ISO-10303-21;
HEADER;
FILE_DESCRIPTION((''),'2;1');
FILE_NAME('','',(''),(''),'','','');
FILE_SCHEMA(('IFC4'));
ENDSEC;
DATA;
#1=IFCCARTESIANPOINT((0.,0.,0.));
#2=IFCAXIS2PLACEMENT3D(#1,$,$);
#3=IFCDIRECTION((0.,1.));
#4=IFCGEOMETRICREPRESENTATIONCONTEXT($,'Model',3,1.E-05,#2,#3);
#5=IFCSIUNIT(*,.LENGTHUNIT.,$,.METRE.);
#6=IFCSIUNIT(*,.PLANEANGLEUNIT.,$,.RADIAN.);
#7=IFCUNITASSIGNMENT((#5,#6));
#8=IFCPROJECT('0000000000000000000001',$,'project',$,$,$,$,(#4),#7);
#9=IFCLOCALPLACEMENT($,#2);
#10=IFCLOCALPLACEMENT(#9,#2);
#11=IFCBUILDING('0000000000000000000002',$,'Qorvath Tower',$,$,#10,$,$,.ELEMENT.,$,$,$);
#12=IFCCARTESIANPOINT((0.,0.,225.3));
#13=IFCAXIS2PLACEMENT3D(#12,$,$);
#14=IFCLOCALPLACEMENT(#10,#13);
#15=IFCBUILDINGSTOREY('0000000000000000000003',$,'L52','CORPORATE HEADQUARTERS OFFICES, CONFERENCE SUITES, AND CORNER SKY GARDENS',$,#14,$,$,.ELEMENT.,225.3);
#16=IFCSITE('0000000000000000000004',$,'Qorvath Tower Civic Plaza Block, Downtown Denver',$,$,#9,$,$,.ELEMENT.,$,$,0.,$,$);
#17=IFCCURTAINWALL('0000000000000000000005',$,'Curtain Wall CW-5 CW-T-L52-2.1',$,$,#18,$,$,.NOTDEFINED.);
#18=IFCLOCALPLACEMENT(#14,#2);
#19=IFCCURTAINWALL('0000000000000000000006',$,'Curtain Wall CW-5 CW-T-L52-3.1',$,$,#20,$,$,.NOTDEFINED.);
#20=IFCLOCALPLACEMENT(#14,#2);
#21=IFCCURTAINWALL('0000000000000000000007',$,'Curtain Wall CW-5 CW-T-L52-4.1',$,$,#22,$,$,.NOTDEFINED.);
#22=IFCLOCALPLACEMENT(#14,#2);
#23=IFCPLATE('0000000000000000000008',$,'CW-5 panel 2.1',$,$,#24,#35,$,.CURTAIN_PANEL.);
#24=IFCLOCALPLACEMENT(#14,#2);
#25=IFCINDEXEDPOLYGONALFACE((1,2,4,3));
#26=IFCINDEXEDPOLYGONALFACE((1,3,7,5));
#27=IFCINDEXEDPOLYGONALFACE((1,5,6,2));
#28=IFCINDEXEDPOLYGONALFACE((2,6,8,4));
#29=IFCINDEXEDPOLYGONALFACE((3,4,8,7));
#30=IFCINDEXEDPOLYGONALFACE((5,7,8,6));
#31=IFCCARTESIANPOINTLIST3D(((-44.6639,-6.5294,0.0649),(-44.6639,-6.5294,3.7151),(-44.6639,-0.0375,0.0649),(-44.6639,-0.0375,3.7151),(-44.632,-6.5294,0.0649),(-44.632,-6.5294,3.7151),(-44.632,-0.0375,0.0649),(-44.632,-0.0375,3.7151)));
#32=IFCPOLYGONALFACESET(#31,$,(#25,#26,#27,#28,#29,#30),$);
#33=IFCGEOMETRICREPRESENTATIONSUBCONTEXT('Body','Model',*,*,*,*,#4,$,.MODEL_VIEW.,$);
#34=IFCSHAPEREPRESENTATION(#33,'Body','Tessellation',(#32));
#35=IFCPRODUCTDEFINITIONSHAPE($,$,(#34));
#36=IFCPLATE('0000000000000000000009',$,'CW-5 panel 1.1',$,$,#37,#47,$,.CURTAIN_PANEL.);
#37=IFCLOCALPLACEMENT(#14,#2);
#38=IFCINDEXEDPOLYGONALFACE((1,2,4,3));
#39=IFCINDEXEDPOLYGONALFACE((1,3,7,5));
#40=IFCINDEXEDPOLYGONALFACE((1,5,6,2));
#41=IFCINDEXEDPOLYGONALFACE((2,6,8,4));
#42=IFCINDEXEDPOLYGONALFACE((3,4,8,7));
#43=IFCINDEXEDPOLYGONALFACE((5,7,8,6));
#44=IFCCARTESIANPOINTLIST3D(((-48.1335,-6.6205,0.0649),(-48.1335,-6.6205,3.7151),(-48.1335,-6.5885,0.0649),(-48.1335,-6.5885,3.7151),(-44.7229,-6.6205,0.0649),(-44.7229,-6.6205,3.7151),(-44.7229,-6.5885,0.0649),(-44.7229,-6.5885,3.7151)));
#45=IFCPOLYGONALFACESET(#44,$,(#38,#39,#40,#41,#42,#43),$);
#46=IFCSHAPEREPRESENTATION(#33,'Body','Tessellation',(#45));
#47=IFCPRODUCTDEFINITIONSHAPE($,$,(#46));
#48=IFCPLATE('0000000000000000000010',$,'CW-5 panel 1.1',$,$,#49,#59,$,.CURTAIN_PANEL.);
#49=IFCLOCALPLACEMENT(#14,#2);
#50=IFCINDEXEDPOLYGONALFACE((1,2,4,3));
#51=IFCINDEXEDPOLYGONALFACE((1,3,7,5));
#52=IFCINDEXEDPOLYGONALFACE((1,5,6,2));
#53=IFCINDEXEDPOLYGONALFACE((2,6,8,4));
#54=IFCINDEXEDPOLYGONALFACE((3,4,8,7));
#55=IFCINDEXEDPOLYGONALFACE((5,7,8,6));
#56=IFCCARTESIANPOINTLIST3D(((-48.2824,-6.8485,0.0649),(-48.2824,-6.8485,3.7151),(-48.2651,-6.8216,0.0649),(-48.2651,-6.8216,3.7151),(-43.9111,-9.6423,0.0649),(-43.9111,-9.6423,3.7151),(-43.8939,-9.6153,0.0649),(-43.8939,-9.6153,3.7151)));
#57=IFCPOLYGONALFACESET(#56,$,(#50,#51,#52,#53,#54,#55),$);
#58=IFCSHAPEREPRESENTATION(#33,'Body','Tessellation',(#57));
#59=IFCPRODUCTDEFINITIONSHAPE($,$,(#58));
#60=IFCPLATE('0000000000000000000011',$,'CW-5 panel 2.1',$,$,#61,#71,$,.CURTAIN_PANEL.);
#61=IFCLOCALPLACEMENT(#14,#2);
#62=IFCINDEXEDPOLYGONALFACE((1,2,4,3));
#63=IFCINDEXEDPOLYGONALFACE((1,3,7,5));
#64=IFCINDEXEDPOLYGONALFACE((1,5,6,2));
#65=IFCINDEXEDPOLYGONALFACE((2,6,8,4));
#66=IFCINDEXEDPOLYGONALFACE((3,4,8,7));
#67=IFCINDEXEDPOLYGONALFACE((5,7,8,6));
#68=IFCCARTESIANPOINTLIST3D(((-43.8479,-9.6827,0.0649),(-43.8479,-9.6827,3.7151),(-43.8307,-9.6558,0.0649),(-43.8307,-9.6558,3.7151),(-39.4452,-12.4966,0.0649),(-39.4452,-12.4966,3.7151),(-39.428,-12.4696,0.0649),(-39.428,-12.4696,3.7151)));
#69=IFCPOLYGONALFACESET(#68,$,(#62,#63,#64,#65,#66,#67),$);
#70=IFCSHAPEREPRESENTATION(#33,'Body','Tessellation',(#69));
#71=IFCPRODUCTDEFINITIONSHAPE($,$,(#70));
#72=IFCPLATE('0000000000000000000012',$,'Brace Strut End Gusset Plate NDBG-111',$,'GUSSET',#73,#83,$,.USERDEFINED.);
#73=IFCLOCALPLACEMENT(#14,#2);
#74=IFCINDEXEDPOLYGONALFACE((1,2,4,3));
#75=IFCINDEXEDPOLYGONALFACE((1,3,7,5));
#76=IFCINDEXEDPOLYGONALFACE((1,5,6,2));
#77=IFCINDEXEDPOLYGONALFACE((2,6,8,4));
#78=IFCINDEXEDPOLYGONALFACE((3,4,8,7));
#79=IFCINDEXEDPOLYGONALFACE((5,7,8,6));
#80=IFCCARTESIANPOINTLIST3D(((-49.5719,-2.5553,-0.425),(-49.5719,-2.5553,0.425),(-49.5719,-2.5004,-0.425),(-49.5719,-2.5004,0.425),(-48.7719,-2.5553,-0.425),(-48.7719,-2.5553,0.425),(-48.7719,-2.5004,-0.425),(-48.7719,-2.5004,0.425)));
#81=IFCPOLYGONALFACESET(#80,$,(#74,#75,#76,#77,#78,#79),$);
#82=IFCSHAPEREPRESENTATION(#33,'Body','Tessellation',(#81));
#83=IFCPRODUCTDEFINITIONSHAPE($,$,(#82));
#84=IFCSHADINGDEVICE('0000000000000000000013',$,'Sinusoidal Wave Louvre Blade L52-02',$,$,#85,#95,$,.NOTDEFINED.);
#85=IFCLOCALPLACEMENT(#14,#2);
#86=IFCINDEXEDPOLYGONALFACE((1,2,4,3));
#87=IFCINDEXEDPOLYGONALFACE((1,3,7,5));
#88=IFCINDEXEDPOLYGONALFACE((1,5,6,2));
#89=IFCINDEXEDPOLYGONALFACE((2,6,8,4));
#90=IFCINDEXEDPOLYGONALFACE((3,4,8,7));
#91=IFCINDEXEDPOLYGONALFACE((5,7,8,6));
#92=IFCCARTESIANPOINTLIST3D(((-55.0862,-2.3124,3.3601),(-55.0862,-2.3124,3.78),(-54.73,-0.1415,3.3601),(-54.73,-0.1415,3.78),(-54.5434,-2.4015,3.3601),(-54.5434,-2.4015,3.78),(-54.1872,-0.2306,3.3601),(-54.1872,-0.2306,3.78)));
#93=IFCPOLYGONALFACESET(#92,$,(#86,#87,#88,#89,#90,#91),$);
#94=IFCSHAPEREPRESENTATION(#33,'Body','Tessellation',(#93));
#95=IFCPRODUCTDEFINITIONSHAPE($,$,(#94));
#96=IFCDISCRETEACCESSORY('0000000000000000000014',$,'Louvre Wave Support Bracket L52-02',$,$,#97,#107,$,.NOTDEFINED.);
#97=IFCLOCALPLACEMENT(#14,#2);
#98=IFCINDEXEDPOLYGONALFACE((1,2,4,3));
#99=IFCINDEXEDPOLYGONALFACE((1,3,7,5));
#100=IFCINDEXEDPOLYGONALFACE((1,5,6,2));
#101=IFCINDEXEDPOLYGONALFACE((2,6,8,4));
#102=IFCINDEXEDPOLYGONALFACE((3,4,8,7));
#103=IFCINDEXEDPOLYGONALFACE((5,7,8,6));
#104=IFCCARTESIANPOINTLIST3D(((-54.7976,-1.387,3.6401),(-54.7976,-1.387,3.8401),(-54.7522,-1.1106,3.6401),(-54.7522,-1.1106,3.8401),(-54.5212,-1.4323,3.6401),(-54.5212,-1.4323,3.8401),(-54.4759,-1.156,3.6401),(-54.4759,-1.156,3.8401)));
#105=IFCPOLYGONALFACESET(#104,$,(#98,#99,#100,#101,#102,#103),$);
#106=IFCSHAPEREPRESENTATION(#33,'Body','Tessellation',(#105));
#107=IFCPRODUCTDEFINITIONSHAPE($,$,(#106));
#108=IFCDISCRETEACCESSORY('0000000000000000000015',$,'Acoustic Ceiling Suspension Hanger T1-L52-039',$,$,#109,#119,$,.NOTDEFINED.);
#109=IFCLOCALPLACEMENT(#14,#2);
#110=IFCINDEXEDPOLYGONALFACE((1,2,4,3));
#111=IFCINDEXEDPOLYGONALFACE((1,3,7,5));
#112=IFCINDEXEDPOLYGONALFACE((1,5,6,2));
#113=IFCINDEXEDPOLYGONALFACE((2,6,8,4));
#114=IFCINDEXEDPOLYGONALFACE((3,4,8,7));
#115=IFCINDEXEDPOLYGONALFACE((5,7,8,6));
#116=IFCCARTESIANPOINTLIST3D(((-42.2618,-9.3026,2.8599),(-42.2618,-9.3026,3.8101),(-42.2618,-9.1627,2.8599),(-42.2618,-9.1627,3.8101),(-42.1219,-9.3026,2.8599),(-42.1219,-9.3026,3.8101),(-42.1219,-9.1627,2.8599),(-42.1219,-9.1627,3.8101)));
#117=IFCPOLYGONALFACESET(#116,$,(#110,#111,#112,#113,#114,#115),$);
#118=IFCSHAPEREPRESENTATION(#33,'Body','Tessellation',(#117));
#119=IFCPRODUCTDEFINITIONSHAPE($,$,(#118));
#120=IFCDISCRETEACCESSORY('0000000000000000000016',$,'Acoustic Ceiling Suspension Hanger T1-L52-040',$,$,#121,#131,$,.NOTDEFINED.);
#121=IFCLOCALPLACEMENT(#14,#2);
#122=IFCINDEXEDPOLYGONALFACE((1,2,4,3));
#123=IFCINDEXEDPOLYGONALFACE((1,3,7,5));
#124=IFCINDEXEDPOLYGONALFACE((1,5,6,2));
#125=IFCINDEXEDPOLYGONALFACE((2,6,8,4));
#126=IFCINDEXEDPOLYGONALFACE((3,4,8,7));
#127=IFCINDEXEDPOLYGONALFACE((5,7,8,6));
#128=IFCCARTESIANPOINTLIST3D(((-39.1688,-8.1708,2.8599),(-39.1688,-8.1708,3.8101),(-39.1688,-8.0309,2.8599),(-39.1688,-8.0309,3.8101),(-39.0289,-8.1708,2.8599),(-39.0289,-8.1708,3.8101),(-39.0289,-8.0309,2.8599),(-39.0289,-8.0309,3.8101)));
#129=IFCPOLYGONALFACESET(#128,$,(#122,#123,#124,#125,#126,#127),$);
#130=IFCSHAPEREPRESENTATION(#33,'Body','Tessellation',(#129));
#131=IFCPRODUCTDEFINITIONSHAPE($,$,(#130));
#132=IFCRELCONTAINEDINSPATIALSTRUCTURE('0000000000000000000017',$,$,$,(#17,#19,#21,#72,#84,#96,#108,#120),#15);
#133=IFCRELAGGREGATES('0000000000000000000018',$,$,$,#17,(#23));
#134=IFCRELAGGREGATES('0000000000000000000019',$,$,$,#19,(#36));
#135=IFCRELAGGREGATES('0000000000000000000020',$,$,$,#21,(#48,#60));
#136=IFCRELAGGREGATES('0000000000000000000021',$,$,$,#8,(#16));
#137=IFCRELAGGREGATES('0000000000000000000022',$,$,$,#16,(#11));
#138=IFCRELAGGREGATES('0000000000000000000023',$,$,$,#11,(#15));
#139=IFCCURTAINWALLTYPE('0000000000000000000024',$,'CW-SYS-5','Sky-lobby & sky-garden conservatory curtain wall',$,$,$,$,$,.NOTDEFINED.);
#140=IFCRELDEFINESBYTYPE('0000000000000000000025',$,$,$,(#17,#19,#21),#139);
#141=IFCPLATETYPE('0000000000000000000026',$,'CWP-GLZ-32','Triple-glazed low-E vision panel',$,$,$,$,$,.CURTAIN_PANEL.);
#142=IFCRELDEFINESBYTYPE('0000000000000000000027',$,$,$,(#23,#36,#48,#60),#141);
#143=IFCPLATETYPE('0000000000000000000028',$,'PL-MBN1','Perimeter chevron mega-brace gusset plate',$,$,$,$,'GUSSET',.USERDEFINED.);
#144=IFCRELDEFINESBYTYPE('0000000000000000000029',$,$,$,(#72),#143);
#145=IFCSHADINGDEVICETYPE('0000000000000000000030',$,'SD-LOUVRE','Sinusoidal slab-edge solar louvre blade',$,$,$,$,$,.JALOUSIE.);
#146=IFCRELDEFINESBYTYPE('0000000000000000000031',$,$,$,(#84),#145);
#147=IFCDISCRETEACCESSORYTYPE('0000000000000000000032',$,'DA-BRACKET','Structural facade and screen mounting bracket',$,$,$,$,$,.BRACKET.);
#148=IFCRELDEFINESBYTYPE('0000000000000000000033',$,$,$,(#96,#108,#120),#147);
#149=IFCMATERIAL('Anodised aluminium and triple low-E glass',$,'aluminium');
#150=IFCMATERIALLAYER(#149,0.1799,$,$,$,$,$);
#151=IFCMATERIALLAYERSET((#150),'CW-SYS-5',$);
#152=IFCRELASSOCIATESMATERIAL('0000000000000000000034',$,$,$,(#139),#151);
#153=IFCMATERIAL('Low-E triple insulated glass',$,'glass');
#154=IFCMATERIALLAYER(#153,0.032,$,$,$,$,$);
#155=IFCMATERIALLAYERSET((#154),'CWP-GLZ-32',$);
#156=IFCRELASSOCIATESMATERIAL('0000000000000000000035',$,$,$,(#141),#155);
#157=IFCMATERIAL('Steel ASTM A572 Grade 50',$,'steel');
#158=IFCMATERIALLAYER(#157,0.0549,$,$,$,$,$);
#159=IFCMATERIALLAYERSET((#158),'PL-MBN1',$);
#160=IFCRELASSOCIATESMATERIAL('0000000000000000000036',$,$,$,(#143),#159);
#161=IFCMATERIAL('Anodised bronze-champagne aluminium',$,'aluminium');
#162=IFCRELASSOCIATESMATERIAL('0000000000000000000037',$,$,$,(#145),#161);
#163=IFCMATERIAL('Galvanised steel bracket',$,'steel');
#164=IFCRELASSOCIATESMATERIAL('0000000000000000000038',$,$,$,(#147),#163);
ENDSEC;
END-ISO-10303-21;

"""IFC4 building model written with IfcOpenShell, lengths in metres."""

from ifc_helpers import new_model, si_unit, direction, frame, origin, origin_2d, place, context, subcontext, project, spatial, rectangle, extrude, material, layer, layer_set, type_object, element, aggregate, save


model = new_model("IFC4")

# Units and contexts
model_context = context("Model", 3, precision=1e-05, world=origin(), true_north=direction((0.0, 1.0)))
body_context = subcontext(model_context, "Body", "Model", "MODEL_VIEW")
ifc_project = project(units=[si_unit("LENGTHUNIT", "METRE"), si_unit("PLANEANGLEUNIT", "RADIAN")], contexts=[model_context])

# Site, building, storey
site_placement = place(None, origin())
site = spatial("IfcSite", under=ifc_project, at=site_placement, Name="Qorvath Tower Civic Plaza Block, Downtown Denver", CompositionType="ELEMENT", RefElevation=0.0)
building_placement = place(site_placement, origin())
building = spatial("IfcBuilding", under=site, at=building_placement, Name="Qorvath Tower", CompositionType="ELEMENT")
storey_placement = place(building_placement, frame((0.0, 0.0, 225.3)))
storey = spatial("IfcBuildingStorey", under=building, at=storey_placement, Name="L52", Description="CORPORATE HEADQUARTERS OFFICES, CONFERENCE SUITES, AND CORNER SKY GARDENS", CompositionType="ELEMENT", Elevation=225.3)

# Curtain wall
ifc_material_1 = material(Name="Anodised aluminium and triple low-E glass", Category="aluminium")
ifc_layer_1 = layer(ifc_material_1, 0.1799)
ifc_layer_set_1 = layer_set([ifc_layer_1], Name="CW-SYS-5")
curtain_wall_type = type_object("IfcCurtainWallType", Name="CW-SYS-5", Description="Sky-lobby & sky-garden conservatory curtain wall", PredefinedType="NOTDEFINED", material=ifc_layer_set_1)
curtain_wall_1_placement = place(storey_placement, origin())
curtain_wall_1 = element("IfcCurtainWall", 1, at=curtain_wall_1_placement, inside=storey, type_object=curtain_wall_type, Name="Curtain Wall CW-5 CW-T-L52-2.1", PredefinedType="NOTDEFINED")

# Curtain walls
curtain_wall_2_placement = place(storey_placement, origin())
curtain_wall_2 = element("IfcCurtainWall", 2, at=curtain_wall_2_placement, inside=storey, type_object=curtain_wall_type, Name="Curtain Wall CW-5 CW-T-L52-3.1", PredefinedType="NOTDEFINED")
curtain_wall_3_placement = place(storey_placement, origin())
curtain_wall_3 = element("IfcCurtainWall", 3, at=curtain_wall_3_placement, inside=storey, type_object=curtain_wall_type, Name="Curtain Wall CW-5 CW-T-L52-4.1", PredefinedType="NOTDEFINED")

# Plates
ifc_material_2 = material(Name="Low-E triple insulated glass", Category="glass")
ifc_layer_2 = layer(ifc_material_2, 0.032)
ifc_layer_set_2 = layer_set([ifc_layer_2], Name="CWP-GLZ-32")
plate_type_1 = type_object("IfcPlateType", Name="CWP-GLZ-32", Description="Triple-glazed low-E vision panel", PredefinedType="CURTAIN_PANEL", material=ifc_layer_set_2)
plate_1_placement = place(storey_placement, frame((-44.6479, -3.2834, 0.0649), z_axis=(0.0, 0.0, 1.0), x_axis=(0.0, -1.0, 0.0)))
plate_1 = element("IfcPlate", 4, at=plate_1_placement, type_object=plate_type_1, Name="CW-5 panel 2.1", PredefinedType="CURTAIN_PANEL", context=body_context, shape_type="SweptSolid", body=[
    extrude(rectangle(XDim=6.4919, YDim=0.032, at=origin_2d()), origin(), (0.0, 0.0, 1.0), 3.6501),
])
aggregate(curtain_wall_1, [plate_1])
plate_2_placement = place(storey_placement, frame((-46.4282, -6.6045, 0.0649), z_axis=(0.0, 0.0, 1.0), x_axis=(-1.0, 0.0, 0.0)))
plate_2 = element("IfcPlate", 5, at=plate_2_placement, type_object=plate_type_1, Name="CW-5 panel 1.1", PredefinedType="CURTAIN_PANEL", context=body_context, shape_type="SweptSolid", body=[
    extrude(rectangle(XDim=3.4106, YDim=0.032, at=origin_2d()), origin(), (0.0, 0.0, 1.0), 3.6501),
])
aggregate(curtain_wall_2, [plate_2])
plate_3_placement = place(storey_placement, frame((-46.0881, -8.2319, 0.0649), z_axis=(0.0, 0.0, 1.0), x_axis=(0.842607, -0.538529, 0.0)))
plate_3 = element("IfcPlate", 6, at=plate_3_placement, type_object=plate_type_1, Name="CW-5 panel 1.1", PredefinedType="CURTAIN_PANEL", context=body_context, shape_type="SweptSolid", body=[
    extrude(rectangle(XDim=5.1877, YDim=0.032, at=origin_2d()), origin(), (0.0, 0.0, 1.0), 3.6501),
])
plate_4_placement = place(storey_placement, frame((-41.6379, -11.0762, 0.0649), z_axis=(0.0, 0.0, 1.0), x_axis=(0.842607, -0.538529, 0.0)))
plate_4 = element("IfcPlate", 7, at=plate_4_placement, type_object=plate_type_1, Name="CW-5 panel 2.1", PredefinedType="CURTAIN_PANEL", context=body_context, shape_type="SweptSolid", body=[
    extrude(rectangle(XDim=5.2251, YDim=0.032, at=origin_2d()), origin(), (0.0, 0.0, 1.0), 3.6501),
])
aggregate(curtain_wall_3, [plate_3, plate_4])
ifc_material_3 = material(Name="Steel ASTM A572 Grade 50", Category="steel")
ifc_layer_3 = layer(ifc_material_3, 0.0549)
ifc_layer_set_3 = layer_set([ifc_layer_3], Name="PL-MBN1")
plate_type_2 = type_object("IfcPlateType", Name="PL-MBN1", Description="Perimeter chevron mega-brace gusset plate", ElementType="GUSSET", PredefinedType="USERDEFINED", material=ifc_layer_set_3)
plate_5_placement = place(storey_placement, frame((-49.1719, -2.5278, -0.425), z_axis=(0.0, 0.0, 1.0), x_axis=(1.0, 0.0, 0.0)))
element("IfcPlate", 8, at=plate_5_placement, inside=storey, type_object=plate_type_2, Name="Brace Strut End Gusset Plate NDBG-111", ObjectType="GUSSET", PredefinedType="USERDEFINED", context=body_context, shape_type="SweptSolid", body=[
    extrude(rectangle(XDim=0.8, YDim=0.0549, at=origin_2d()), origin(), (0.0, 0.0, 1.0), 0.8501),
])

# Shading device
ifc_material_4 = material(Name="Anodised bronze-champagne aluminium", Category="aluminium")
shading_device_type = type_object("IfcShadingDeviceType", Name="SD-LOUVRE", Description="Sinusoidal slab-edge solar louvre blade", PredefinedType="JALOUSIE", material=ifc_material_4)
shading_device_placement = place(storey_placement, frame((-54.6367, -1.2715, 3.3601), z_axis=(0.0, 0.0, 1.0), x_axis=(-0.161928, -0.986803, 0.0)))
element("IfcShadingDevice", 9, at=shading_device_placement, inside=storey, type_object=shading_device_type, Name="Sinusoidal Wave Louvre Blade L52-02", PredefinedType="NOTDEFINED", context=body_context, shape_type="SweptSolid", body=[
    extrude(rectangle(XDim=2.2, YDim=0.55, at=origin_2d()), origin(), (0.0, 0.0, 1.0), 0.4199),
])

# Discrete accessories
ifc_material_5 = material(Name="Galvanised steel bracket", Category="steel")
discrete_accessory_type = type_object("IfcDiscreteAccessoryType", Name="DA-BRACKET", Description="Structural facade and screen mounting bracket", PredefinedType="BRACKET", material=ifc_material_5)
discrete_accessory_placement = place(storey_placement, frame((-54.6367, -1.2715, 3.6401), z_axis=(0.0, 0.0, 1.0), x_axis=(-0.161928, -0.986803, 0.0)))
element("IfcDiscreteAccessory", 10, at=discrete_accessory_placement, inside=storey, type_object=discrete_accessory_type, Name="Louvre Wave Support Bracket L52-02", PredefinedType="NOTDEFINED", context=body_context, shape_type="SweptSolid", body=[
    extrude(rectangle(XDim=0.28, YDim=0.28, at=origin_2d()), origin(), (0.0, 0.0, 1.0), 0.2),
])
for number, where, z_axis, x_axis, name in (
    (11, (-42.1919, -9.2327, 2.8599), (0.0, 0.0, 1.0), (1.0, 0.0, 0.0), "Acoustic Ceiling Suspension Hanger T1-L52-039"),
    (12, (-39.0989, -8.1008, 2.8599), (0.0, 0.0, 1.0), (1.0, 0.0, 0.0), "Acoustic Ceiling Suspension Hanger T1-L52-040"),
):
    element("IfcDiscreteAccessory", number, at=place(storey_placement, frame(where, z_axis=z_axis, x_axis=x_axis)), inside=storey, type_object=discrete_accessory_type, Name=name, PredefinedType="NOTDEFINED", context=body_context, shape_type="SweptSolid", body=[
        extrude(rectangle(XDim=0.1399, YDim=0.1399, at=origin_2d()), origin(), (0.0, 0.0, 1.0), 0.9502),
    ])

save(model, "model.ifc")
